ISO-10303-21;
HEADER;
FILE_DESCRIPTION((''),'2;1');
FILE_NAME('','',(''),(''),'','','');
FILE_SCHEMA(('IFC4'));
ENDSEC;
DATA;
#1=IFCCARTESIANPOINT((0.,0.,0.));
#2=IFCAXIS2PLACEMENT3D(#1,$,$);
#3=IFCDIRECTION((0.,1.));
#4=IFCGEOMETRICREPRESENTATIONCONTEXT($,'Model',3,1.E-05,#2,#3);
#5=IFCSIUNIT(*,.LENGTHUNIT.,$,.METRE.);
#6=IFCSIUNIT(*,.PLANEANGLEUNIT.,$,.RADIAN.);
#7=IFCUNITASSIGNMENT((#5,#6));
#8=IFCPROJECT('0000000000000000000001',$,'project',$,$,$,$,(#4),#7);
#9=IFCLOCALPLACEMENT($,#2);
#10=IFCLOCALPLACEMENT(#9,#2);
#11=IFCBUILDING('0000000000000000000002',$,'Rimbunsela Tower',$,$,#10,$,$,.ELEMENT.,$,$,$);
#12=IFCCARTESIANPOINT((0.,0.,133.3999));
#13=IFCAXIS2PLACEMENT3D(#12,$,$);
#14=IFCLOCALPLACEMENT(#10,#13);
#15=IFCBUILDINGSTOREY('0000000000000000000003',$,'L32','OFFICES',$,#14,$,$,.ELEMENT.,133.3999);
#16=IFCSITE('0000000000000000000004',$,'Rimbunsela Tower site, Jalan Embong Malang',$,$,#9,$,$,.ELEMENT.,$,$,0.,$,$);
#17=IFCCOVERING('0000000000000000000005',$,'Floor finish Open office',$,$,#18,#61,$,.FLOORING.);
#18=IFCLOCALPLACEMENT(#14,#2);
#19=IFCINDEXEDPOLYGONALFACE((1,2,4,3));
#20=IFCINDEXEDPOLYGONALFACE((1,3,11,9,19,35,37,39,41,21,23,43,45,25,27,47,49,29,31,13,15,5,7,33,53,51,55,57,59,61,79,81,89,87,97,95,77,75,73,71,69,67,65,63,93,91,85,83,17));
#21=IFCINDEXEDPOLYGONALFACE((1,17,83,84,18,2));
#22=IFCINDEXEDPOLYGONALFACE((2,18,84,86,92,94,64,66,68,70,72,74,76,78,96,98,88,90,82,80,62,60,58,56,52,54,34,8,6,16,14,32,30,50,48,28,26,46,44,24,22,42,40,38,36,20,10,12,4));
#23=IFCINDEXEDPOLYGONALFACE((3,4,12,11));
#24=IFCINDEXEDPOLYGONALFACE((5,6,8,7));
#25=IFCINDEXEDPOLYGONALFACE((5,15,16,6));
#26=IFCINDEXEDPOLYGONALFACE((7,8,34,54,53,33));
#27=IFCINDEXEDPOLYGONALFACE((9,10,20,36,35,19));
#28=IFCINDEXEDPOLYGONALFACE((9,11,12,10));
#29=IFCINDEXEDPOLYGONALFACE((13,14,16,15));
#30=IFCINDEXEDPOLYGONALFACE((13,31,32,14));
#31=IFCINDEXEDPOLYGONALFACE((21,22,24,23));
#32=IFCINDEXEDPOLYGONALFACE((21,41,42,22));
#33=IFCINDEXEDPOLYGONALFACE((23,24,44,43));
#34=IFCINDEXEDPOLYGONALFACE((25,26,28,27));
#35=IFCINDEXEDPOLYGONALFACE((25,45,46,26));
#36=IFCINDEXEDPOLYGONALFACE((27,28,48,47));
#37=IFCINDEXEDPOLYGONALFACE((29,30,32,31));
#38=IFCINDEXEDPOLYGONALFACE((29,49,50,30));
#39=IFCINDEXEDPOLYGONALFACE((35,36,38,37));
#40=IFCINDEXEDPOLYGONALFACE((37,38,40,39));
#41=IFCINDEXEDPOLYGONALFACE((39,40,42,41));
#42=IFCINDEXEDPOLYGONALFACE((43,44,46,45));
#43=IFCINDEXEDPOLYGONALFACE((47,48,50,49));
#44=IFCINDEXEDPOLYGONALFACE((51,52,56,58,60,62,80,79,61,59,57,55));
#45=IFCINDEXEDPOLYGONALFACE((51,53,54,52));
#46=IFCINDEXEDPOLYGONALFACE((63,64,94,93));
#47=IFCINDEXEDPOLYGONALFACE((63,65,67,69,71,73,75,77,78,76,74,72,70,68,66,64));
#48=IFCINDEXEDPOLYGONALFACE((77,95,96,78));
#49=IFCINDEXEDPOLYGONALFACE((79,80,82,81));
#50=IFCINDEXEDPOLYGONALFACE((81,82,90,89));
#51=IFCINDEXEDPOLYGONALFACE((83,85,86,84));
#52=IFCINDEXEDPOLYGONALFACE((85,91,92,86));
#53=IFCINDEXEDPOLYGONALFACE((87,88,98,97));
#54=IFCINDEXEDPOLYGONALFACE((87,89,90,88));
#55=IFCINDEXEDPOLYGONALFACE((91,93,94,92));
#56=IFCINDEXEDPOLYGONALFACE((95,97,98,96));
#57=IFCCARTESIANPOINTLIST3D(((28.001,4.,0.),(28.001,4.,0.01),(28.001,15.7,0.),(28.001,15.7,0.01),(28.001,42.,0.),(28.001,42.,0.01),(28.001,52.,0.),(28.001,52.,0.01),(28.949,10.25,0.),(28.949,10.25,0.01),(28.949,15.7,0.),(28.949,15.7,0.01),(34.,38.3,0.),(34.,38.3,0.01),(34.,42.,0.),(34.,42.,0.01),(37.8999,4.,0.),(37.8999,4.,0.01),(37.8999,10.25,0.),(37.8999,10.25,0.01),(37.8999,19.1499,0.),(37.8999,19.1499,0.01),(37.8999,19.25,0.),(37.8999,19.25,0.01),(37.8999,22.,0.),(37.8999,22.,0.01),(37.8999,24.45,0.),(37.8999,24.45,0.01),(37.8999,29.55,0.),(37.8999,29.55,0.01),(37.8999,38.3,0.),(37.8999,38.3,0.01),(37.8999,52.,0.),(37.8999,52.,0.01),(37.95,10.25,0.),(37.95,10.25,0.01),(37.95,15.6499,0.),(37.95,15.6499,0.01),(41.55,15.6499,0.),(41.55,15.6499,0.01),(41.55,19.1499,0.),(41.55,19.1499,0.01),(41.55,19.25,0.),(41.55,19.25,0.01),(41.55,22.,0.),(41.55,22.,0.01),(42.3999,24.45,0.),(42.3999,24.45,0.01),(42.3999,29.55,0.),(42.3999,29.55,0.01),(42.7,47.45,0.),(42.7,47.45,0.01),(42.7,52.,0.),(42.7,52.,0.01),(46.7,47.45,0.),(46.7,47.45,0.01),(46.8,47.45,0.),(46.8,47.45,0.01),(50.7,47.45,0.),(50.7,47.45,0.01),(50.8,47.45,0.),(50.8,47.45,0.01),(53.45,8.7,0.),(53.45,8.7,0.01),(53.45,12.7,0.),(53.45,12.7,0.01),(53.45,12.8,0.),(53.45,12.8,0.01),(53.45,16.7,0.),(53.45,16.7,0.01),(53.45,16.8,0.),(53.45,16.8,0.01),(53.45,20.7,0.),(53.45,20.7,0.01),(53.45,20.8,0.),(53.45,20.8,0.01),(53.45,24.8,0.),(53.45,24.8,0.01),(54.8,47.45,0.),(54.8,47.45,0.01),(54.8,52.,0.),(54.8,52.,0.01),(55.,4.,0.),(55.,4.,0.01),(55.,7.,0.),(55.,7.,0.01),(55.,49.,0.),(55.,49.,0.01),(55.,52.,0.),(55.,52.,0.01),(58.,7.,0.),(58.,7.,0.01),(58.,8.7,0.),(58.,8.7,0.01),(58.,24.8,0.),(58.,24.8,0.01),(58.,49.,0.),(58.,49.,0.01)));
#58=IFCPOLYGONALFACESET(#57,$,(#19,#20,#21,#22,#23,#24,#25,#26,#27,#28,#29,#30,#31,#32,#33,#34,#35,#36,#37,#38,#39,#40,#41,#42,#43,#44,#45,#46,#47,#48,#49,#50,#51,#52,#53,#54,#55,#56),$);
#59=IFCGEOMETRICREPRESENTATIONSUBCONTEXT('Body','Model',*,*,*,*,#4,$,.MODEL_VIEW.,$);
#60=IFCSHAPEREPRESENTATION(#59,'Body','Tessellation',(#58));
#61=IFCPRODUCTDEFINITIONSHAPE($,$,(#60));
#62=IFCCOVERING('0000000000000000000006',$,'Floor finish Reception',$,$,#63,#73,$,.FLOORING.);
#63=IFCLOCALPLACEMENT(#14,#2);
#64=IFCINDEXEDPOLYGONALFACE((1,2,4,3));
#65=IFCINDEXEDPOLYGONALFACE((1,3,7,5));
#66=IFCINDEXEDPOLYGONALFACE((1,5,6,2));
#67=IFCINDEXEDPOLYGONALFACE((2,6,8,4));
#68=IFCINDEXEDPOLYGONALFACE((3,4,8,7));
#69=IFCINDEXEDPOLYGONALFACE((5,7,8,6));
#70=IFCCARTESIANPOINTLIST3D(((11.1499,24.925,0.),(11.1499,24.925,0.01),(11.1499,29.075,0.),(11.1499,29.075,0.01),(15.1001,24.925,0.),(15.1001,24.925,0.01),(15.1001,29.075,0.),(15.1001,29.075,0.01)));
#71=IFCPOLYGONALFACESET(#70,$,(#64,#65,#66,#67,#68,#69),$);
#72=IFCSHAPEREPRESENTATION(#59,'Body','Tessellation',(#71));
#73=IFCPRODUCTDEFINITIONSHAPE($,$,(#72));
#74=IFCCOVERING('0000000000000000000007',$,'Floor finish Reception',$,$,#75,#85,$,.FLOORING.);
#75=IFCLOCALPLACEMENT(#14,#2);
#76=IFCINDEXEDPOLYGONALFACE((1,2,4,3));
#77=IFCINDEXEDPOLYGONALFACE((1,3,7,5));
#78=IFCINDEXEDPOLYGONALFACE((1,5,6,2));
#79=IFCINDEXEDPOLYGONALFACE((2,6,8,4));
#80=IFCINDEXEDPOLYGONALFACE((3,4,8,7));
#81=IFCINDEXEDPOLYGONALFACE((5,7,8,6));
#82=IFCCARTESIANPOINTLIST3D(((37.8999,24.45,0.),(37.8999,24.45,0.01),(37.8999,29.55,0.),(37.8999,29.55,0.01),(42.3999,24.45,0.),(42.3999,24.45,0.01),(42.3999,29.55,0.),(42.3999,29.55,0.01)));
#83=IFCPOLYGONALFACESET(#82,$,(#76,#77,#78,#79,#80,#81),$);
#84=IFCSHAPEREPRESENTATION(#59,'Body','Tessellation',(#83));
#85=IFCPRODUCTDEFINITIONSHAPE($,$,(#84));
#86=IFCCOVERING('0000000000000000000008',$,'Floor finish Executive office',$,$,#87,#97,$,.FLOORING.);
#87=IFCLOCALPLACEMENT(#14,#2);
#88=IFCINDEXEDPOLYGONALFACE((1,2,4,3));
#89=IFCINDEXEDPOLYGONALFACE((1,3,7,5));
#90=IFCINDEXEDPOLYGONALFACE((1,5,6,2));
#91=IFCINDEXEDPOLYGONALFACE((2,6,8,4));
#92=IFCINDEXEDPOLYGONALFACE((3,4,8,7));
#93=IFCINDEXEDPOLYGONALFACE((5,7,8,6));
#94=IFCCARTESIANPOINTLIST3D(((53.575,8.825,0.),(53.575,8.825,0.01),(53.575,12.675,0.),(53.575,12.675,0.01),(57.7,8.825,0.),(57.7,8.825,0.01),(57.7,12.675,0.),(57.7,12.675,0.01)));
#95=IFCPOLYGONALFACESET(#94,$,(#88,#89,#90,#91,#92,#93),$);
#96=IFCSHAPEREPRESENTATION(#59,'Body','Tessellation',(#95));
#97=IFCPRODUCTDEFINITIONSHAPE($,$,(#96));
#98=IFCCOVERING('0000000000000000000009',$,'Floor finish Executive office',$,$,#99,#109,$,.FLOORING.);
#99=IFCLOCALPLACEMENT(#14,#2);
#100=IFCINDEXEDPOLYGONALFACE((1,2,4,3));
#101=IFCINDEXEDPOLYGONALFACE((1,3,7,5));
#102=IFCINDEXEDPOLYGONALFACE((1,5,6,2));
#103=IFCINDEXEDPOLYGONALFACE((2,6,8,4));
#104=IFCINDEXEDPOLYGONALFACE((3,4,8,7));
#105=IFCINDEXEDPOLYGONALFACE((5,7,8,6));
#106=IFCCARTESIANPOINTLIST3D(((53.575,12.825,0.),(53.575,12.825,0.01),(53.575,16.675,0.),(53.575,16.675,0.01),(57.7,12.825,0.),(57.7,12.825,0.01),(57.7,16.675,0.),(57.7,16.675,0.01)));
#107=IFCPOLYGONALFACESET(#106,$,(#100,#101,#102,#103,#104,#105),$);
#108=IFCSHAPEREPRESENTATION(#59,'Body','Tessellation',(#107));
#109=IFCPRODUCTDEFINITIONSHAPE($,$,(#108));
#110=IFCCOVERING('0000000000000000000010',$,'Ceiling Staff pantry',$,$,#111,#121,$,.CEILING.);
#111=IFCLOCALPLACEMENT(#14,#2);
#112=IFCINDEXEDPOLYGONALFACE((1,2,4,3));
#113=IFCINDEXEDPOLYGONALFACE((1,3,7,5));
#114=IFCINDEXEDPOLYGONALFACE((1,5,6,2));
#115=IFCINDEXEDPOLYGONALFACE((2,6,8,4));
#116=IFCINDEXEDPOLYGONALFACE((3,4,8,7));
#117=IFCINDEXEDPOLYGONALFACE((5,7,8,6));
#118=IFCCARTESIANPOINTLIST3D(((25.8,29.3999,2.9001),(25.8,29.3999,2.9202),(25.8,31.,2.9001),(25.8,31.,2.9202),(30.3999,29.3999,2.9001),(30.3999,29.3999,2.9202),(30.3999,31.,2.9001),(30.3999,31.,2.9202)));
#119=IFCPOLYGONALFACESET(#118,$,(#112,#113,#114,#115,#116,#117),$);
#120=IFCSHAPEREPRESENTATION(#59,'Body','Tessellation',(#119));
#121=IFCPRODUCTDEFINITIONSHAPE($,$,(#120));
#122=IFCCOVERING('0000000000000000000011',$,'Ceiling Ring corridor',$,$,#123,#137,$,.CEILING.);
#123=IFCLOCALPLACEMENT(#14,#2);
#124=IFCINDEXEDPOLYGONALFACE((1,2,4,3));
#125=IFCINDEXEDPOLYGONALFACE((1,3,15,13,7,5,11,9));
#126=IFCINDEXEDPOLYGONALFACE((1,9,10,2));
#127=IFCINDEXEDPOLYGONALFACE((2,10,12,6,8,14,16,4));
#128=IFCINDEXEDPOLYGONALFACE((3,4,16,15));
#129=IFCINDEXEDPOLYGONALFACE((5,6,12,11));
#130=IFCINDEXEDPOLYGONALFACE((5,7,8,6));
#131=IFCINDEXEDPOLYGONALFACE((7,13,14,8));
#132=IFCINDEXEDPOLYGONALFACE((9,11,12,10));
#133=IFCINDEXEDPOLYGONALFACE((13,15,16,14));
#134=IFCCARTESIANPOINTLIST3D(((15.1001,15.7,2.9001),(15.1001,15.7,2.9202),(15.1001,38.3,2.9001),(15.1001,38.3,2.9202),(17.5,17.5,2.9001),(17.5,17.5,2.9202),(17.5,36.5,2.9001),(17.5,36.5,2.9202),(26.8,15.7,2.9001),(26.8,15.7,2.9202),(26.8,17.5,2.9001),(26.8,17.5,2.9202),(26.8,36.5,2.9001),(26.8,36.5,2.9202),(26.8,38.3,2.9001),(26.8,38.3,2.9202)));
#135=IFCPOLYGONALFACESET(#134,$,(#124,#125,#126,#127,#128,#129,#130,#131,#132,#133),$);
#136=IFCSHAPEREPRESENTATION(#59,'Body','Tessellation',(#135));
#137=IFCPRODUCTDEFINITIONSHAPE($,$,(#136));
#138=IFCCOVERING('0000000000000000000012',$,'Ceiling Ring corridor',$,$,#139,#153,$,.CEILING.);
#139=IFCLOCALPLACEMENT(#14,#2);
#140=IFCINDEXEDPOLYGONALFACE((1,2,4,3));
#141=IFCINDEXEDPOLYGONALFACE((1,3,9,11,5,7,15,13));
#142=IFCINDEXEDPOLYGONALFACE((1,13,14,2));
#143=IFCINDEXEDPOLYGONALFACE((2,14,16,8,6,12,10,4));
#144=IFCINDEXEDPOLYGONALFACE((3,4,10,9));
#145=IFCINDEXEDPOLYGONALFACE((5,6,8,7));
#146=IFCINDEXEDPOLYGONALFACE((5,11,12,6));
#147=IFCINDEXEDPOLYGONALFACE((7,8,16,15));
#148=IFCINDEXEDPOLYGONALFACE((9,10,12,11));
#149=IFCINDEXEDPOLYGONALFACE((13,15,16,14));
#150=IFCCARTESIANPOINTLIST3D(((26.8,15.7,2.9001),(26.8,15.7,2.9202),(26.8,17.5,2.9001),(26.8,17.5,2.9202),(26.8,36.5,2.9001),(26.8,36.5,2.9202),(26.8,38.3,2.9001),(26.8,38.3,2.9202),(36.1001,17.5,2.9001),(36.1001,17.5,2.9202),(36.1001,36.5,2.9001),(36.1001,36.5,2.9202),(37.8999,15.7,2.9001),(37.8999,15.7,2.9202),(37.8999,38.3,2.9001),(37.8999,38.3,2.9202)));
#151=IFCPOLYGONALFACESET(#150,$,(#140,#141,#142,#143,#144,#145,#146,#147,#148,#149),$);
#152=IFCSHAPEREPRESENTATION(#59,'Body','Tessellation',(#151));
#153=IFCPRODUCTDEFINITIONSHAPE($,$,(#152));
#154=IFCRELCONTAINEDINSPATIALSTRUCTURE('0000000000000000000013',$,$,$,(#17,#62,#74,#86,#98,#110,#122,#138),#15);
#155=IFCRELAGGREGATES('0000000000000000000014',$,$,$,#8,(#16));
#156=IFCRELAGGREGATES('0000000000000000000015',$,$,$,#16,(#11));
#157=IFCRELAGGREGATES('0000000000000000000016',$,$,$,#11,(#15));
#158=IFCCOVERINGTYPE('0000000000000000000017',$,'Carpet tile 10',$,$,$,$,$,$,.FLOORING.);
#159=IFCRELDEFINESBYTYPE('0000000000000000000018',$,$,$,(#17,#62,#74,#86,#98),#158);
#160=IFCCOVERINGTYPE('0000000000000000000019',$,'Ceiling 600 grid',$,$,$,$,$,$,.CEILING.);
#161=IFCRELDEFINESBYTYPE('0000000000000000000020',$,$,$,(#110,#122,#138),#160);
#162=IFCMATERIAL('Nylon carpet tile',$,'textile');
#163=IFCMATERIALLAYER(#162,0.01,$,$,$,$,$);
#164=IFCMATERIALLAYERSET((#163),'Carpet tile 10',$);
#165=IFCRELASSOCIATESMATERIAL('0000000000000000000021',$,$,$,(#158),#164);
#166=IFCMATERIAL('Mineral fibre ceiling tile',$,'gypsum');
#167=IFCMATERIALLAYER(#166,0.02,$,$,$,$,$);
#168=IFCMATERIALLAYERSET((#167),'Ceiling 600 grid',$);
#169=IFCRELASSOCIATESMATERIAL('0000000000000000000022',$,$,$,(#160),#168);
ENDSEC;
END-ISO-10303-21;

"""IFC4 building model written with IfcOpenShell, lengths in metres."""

from ifc_helpers import new_model, si_unit, direction, frame, origin, place, context, subcontext, project, spatial, polyline, outline, extrude, material, layer, layer_set, type_object, element, save


model = new_model("IFC4")

# Units and contexts
model_context = context("Model", 3, precision=1e-05, world=origin(), true_north=direction((0.0, 1.0)))
body_context = subcontext(model_context, "Body", "Model", "MODEL_VIEW")
ifc_project = project(units=[si_unit("LENGTHUNIT", "METRE"), si_unit("PLANEANGLEUNIT", "RADIAN")], contexts=[model_context])

# Site, building, storey
site_placement = place(None, origin())
site = spatial("IfcSite", under=ifc_project, at=site_placement, Name="Rimbunsela Tower site, Jalan Embong Malang", CompositionType="ELEMENT", RefElevation=0.0)
building_placement = place(site_placement, origin())
building = spatial("IfcBuilding", under=site, at=building_placement, Name="Rimbunsela Tower", CompositionType="ELEMENT")
storey_placement = place(building_placement, frame((0.0, 0.0, 133.3999)))
storey = spatial("IfcBuildingStorey", under=building, at=storey_placement, Name="L32", Description="OFFICES", CompositionType="ELEMENT", Elevation=133.3999)

# Coverings
ifc_material_1 = material(Name="Nylon carpet tile", Category="textile")
ifc_layer_1 = layer(ifc_material_1, 0.01)
ifc_layer_set_1 = layer_set([ifc_layer_1], Name="Carpet tile 10")
covering_type_1 = type_object("IfcCoveringType", Name="Carpet tile 10", PredefinedType="FLOORING", material=ifc_layer_set_1)
covering_1_placement = place(storey_placement, origin())
element("IfcCovering", 1, at=covering_1_placement, inside=storey, type_object=covering_type_1, Name="Floor finish Open office", PredefinedType="FLOORING", context=body_context, shape_type="SweptSolid", body=[
    extrude(outline(polyline([(28.001, 15.7), (28.949, 15.7), (28.949, 10.25), (37.8999, 10.25), (37.95, 10.25), (37.95, 15.6499), (41.55, 15.6499), (41.55, 19.1499), (37.8999, 19.1499), (37.8999, 19.25), (41.55, 19.25), (41.55, 22.0), (37.8999, 22.0), (37.8999, 24.45), (42.3999, 24.45), (42.3999, 29.55), (37.8999, 29.55), (37.8999, 38.3), (34.0, 38.3), (34.0, 42.0), (28.001, 42.0), (28.001, 52.0), (37.8999, 52.0), (42.7, 52.0), (42.7, 47.45), (46.7, 47.45), (46.8, 47.45), (50.7, 47.45), (50.8, 47.45), (54.8, 47.45), (54.8, 52.0), (55.0, 52.0), (55.0, 49.0), (58.0, 49.0), (58.0, 24.8), (53.45, 24.8), (53.45, 20.8), (53.45, 20.7), (53.45, 16.8), (53.45, 16.7), (53.45, 12.8), (53.45, 12.7), (53.45, 8.7), (58.0, 8.7), (58.0, 7.0), (55.0, 7.0), (55.0, 4.0), (37.8999, 4.0), (28.001, 4.0), (28.001, 15.7)])), origin(), (0.0, 0.0, 1.0), 0.01),
])
covering_2_placement = place(storey_placement, origin())
element("IfcCovering", 2, at=covering_2_placement, inside=storey, type_object=covering_type_1, Name="Floor finish Reception", PredefinedType="FLOORING", context=body_context, shape_type="SweptSolid", body=[
    extrude(outline(polyline([(15.1001, 24.925), (15.1001, 29.075), (11.1499, 29.075), (11.1499, 24.925), (15.1001, 24.925)])), origin(), (0.0, 0.0, 1.0), 0.01),
])
covering_3_placement = place(storey_placement, origin())
element("IfcCovering", 3, at=covering_3_placement, inside=storey, type_object=covering_type_1, Name="Floor finish Reception", PredefinedType="FLOORING", context=body_context, shape_type="SweptSolid", body=[
    extrude(outline(polyline([(42.3999, 24.45), (42.3999, 29.55), (37.8999, 29.55), (37.8999, 24.45), (42.3999, 24.45)])), origin(), (0.0, 0.0, 1.0), 0.01),
])
covering_4_placement = place(storey_placement, origin())
element("IfcCovering", 4, at=covering_4_placement, inside=storey, type_object=covering_type_1, Name="Floor finish Executive office", PredefinedType="FLOORING", context=body_context, shape_type="SweptSolid", body=[
    extrude(outline(polyline([(57.7, 8.825), (57.7, 12.675), (53.575, 12.675), (53.575, 8.825), (57.7, 8.825)])), origin(), (0.0, 0.0, 1.0), 0.01),
])
covering_5_placement = place(storey_placement, origin())
element("IfcCovering", 5, at=covering_5_placement, inside=storey, type_object=covering_type_1, Name="Floor finish Executive office", PredefinedType="FLOORING", context=body_context, shape_type="SweptSolid", body=[
    extrude(outline(polyline([(57.7, 12.825), (57.7, 16.675), (53.575, 16.675), (53.575, 12.825), (57.7, 12.825)])), origin(), (0.0, 0.0, 1.0), 0.01),
])
ifc_material_2 = material(Name="Mineral fibre ceiling tile", Category="gypsum")
ifc_layer_2 = layer(ifc_material_2, 0.02)
ifc_layer_set_2 = layer_set([ifc_layer_2], Name="Ceiling 600 grid")
covering_type_2 = type_object("IfcCoveringType", Name="Ceiling 600 grid", PredefinedType="CEILING", material=ifc_layer_set_2)
covering_6_placement = place(storey_placement, frame((0.0, 0.0, 2.9001)))
element("IfcCovering", 6, at=covering_6_placement, inside=storey, type_object=covering_type_2, Name="Ceiling Staff pantry", PredefinedType="CEILING", context=body_context, shape_type="SweptSolid", body=[
    extrude(outline(polyline([(30.3999, 29.3999), (30.3999, 31.0), (25.8, 31.0), (25.8, 29.3999), (30.3999, 29.3999)])), origin(), (0.0, 0.0, 1.0), 0.02),
])
covering_7_placement = place(storey_placement, frame((0.0, 0.0, 2.9001)))
element("IfcCovering", 7, at=covering_7_placement, inside=storey, type_object=covering_type_2, Name="Ceiling Ring corridor", PredefinedType="CEILING", context=body_context, shape_type="SweptSolid", body=[
    extrude(outline(polyline([(15.1001, 38.3), (26.8, 38.3), (26.8, 36.5), (17.5, 36.5), (17.5, 17.5), (26.8, 17.5), (26.8, 15.7), (15.1001, 15.7), (15.1001, 38.3)])), origin(), (0.0, 0.0, 1.0), 0.02),
])
covering_8_placement = place(storey_placement, frame((0.0, 0.0, 2.9001)))
element("IfcCovering", 8, at=covering_8_placement, inside=storey, type_object=covering_type_2, Name="Ceiling Ring corridor", PredefinedType="CEILING", context=body_context, shape_type="SweptSolid", body=[
    extrude(outline(polyline([(37.8999, 38.3), (37.8999, 15.7), (26.8, 15.7), (26.8, 17.5), (36.1001, 17.5), (36.1001, 36.5), (26.8, 36.5), (26.8, 38.3), (37.8999, 38.3)])), origin(), (0.0, 0.0, 1.0), 0.02),
])

save(model, "model.ifc")
